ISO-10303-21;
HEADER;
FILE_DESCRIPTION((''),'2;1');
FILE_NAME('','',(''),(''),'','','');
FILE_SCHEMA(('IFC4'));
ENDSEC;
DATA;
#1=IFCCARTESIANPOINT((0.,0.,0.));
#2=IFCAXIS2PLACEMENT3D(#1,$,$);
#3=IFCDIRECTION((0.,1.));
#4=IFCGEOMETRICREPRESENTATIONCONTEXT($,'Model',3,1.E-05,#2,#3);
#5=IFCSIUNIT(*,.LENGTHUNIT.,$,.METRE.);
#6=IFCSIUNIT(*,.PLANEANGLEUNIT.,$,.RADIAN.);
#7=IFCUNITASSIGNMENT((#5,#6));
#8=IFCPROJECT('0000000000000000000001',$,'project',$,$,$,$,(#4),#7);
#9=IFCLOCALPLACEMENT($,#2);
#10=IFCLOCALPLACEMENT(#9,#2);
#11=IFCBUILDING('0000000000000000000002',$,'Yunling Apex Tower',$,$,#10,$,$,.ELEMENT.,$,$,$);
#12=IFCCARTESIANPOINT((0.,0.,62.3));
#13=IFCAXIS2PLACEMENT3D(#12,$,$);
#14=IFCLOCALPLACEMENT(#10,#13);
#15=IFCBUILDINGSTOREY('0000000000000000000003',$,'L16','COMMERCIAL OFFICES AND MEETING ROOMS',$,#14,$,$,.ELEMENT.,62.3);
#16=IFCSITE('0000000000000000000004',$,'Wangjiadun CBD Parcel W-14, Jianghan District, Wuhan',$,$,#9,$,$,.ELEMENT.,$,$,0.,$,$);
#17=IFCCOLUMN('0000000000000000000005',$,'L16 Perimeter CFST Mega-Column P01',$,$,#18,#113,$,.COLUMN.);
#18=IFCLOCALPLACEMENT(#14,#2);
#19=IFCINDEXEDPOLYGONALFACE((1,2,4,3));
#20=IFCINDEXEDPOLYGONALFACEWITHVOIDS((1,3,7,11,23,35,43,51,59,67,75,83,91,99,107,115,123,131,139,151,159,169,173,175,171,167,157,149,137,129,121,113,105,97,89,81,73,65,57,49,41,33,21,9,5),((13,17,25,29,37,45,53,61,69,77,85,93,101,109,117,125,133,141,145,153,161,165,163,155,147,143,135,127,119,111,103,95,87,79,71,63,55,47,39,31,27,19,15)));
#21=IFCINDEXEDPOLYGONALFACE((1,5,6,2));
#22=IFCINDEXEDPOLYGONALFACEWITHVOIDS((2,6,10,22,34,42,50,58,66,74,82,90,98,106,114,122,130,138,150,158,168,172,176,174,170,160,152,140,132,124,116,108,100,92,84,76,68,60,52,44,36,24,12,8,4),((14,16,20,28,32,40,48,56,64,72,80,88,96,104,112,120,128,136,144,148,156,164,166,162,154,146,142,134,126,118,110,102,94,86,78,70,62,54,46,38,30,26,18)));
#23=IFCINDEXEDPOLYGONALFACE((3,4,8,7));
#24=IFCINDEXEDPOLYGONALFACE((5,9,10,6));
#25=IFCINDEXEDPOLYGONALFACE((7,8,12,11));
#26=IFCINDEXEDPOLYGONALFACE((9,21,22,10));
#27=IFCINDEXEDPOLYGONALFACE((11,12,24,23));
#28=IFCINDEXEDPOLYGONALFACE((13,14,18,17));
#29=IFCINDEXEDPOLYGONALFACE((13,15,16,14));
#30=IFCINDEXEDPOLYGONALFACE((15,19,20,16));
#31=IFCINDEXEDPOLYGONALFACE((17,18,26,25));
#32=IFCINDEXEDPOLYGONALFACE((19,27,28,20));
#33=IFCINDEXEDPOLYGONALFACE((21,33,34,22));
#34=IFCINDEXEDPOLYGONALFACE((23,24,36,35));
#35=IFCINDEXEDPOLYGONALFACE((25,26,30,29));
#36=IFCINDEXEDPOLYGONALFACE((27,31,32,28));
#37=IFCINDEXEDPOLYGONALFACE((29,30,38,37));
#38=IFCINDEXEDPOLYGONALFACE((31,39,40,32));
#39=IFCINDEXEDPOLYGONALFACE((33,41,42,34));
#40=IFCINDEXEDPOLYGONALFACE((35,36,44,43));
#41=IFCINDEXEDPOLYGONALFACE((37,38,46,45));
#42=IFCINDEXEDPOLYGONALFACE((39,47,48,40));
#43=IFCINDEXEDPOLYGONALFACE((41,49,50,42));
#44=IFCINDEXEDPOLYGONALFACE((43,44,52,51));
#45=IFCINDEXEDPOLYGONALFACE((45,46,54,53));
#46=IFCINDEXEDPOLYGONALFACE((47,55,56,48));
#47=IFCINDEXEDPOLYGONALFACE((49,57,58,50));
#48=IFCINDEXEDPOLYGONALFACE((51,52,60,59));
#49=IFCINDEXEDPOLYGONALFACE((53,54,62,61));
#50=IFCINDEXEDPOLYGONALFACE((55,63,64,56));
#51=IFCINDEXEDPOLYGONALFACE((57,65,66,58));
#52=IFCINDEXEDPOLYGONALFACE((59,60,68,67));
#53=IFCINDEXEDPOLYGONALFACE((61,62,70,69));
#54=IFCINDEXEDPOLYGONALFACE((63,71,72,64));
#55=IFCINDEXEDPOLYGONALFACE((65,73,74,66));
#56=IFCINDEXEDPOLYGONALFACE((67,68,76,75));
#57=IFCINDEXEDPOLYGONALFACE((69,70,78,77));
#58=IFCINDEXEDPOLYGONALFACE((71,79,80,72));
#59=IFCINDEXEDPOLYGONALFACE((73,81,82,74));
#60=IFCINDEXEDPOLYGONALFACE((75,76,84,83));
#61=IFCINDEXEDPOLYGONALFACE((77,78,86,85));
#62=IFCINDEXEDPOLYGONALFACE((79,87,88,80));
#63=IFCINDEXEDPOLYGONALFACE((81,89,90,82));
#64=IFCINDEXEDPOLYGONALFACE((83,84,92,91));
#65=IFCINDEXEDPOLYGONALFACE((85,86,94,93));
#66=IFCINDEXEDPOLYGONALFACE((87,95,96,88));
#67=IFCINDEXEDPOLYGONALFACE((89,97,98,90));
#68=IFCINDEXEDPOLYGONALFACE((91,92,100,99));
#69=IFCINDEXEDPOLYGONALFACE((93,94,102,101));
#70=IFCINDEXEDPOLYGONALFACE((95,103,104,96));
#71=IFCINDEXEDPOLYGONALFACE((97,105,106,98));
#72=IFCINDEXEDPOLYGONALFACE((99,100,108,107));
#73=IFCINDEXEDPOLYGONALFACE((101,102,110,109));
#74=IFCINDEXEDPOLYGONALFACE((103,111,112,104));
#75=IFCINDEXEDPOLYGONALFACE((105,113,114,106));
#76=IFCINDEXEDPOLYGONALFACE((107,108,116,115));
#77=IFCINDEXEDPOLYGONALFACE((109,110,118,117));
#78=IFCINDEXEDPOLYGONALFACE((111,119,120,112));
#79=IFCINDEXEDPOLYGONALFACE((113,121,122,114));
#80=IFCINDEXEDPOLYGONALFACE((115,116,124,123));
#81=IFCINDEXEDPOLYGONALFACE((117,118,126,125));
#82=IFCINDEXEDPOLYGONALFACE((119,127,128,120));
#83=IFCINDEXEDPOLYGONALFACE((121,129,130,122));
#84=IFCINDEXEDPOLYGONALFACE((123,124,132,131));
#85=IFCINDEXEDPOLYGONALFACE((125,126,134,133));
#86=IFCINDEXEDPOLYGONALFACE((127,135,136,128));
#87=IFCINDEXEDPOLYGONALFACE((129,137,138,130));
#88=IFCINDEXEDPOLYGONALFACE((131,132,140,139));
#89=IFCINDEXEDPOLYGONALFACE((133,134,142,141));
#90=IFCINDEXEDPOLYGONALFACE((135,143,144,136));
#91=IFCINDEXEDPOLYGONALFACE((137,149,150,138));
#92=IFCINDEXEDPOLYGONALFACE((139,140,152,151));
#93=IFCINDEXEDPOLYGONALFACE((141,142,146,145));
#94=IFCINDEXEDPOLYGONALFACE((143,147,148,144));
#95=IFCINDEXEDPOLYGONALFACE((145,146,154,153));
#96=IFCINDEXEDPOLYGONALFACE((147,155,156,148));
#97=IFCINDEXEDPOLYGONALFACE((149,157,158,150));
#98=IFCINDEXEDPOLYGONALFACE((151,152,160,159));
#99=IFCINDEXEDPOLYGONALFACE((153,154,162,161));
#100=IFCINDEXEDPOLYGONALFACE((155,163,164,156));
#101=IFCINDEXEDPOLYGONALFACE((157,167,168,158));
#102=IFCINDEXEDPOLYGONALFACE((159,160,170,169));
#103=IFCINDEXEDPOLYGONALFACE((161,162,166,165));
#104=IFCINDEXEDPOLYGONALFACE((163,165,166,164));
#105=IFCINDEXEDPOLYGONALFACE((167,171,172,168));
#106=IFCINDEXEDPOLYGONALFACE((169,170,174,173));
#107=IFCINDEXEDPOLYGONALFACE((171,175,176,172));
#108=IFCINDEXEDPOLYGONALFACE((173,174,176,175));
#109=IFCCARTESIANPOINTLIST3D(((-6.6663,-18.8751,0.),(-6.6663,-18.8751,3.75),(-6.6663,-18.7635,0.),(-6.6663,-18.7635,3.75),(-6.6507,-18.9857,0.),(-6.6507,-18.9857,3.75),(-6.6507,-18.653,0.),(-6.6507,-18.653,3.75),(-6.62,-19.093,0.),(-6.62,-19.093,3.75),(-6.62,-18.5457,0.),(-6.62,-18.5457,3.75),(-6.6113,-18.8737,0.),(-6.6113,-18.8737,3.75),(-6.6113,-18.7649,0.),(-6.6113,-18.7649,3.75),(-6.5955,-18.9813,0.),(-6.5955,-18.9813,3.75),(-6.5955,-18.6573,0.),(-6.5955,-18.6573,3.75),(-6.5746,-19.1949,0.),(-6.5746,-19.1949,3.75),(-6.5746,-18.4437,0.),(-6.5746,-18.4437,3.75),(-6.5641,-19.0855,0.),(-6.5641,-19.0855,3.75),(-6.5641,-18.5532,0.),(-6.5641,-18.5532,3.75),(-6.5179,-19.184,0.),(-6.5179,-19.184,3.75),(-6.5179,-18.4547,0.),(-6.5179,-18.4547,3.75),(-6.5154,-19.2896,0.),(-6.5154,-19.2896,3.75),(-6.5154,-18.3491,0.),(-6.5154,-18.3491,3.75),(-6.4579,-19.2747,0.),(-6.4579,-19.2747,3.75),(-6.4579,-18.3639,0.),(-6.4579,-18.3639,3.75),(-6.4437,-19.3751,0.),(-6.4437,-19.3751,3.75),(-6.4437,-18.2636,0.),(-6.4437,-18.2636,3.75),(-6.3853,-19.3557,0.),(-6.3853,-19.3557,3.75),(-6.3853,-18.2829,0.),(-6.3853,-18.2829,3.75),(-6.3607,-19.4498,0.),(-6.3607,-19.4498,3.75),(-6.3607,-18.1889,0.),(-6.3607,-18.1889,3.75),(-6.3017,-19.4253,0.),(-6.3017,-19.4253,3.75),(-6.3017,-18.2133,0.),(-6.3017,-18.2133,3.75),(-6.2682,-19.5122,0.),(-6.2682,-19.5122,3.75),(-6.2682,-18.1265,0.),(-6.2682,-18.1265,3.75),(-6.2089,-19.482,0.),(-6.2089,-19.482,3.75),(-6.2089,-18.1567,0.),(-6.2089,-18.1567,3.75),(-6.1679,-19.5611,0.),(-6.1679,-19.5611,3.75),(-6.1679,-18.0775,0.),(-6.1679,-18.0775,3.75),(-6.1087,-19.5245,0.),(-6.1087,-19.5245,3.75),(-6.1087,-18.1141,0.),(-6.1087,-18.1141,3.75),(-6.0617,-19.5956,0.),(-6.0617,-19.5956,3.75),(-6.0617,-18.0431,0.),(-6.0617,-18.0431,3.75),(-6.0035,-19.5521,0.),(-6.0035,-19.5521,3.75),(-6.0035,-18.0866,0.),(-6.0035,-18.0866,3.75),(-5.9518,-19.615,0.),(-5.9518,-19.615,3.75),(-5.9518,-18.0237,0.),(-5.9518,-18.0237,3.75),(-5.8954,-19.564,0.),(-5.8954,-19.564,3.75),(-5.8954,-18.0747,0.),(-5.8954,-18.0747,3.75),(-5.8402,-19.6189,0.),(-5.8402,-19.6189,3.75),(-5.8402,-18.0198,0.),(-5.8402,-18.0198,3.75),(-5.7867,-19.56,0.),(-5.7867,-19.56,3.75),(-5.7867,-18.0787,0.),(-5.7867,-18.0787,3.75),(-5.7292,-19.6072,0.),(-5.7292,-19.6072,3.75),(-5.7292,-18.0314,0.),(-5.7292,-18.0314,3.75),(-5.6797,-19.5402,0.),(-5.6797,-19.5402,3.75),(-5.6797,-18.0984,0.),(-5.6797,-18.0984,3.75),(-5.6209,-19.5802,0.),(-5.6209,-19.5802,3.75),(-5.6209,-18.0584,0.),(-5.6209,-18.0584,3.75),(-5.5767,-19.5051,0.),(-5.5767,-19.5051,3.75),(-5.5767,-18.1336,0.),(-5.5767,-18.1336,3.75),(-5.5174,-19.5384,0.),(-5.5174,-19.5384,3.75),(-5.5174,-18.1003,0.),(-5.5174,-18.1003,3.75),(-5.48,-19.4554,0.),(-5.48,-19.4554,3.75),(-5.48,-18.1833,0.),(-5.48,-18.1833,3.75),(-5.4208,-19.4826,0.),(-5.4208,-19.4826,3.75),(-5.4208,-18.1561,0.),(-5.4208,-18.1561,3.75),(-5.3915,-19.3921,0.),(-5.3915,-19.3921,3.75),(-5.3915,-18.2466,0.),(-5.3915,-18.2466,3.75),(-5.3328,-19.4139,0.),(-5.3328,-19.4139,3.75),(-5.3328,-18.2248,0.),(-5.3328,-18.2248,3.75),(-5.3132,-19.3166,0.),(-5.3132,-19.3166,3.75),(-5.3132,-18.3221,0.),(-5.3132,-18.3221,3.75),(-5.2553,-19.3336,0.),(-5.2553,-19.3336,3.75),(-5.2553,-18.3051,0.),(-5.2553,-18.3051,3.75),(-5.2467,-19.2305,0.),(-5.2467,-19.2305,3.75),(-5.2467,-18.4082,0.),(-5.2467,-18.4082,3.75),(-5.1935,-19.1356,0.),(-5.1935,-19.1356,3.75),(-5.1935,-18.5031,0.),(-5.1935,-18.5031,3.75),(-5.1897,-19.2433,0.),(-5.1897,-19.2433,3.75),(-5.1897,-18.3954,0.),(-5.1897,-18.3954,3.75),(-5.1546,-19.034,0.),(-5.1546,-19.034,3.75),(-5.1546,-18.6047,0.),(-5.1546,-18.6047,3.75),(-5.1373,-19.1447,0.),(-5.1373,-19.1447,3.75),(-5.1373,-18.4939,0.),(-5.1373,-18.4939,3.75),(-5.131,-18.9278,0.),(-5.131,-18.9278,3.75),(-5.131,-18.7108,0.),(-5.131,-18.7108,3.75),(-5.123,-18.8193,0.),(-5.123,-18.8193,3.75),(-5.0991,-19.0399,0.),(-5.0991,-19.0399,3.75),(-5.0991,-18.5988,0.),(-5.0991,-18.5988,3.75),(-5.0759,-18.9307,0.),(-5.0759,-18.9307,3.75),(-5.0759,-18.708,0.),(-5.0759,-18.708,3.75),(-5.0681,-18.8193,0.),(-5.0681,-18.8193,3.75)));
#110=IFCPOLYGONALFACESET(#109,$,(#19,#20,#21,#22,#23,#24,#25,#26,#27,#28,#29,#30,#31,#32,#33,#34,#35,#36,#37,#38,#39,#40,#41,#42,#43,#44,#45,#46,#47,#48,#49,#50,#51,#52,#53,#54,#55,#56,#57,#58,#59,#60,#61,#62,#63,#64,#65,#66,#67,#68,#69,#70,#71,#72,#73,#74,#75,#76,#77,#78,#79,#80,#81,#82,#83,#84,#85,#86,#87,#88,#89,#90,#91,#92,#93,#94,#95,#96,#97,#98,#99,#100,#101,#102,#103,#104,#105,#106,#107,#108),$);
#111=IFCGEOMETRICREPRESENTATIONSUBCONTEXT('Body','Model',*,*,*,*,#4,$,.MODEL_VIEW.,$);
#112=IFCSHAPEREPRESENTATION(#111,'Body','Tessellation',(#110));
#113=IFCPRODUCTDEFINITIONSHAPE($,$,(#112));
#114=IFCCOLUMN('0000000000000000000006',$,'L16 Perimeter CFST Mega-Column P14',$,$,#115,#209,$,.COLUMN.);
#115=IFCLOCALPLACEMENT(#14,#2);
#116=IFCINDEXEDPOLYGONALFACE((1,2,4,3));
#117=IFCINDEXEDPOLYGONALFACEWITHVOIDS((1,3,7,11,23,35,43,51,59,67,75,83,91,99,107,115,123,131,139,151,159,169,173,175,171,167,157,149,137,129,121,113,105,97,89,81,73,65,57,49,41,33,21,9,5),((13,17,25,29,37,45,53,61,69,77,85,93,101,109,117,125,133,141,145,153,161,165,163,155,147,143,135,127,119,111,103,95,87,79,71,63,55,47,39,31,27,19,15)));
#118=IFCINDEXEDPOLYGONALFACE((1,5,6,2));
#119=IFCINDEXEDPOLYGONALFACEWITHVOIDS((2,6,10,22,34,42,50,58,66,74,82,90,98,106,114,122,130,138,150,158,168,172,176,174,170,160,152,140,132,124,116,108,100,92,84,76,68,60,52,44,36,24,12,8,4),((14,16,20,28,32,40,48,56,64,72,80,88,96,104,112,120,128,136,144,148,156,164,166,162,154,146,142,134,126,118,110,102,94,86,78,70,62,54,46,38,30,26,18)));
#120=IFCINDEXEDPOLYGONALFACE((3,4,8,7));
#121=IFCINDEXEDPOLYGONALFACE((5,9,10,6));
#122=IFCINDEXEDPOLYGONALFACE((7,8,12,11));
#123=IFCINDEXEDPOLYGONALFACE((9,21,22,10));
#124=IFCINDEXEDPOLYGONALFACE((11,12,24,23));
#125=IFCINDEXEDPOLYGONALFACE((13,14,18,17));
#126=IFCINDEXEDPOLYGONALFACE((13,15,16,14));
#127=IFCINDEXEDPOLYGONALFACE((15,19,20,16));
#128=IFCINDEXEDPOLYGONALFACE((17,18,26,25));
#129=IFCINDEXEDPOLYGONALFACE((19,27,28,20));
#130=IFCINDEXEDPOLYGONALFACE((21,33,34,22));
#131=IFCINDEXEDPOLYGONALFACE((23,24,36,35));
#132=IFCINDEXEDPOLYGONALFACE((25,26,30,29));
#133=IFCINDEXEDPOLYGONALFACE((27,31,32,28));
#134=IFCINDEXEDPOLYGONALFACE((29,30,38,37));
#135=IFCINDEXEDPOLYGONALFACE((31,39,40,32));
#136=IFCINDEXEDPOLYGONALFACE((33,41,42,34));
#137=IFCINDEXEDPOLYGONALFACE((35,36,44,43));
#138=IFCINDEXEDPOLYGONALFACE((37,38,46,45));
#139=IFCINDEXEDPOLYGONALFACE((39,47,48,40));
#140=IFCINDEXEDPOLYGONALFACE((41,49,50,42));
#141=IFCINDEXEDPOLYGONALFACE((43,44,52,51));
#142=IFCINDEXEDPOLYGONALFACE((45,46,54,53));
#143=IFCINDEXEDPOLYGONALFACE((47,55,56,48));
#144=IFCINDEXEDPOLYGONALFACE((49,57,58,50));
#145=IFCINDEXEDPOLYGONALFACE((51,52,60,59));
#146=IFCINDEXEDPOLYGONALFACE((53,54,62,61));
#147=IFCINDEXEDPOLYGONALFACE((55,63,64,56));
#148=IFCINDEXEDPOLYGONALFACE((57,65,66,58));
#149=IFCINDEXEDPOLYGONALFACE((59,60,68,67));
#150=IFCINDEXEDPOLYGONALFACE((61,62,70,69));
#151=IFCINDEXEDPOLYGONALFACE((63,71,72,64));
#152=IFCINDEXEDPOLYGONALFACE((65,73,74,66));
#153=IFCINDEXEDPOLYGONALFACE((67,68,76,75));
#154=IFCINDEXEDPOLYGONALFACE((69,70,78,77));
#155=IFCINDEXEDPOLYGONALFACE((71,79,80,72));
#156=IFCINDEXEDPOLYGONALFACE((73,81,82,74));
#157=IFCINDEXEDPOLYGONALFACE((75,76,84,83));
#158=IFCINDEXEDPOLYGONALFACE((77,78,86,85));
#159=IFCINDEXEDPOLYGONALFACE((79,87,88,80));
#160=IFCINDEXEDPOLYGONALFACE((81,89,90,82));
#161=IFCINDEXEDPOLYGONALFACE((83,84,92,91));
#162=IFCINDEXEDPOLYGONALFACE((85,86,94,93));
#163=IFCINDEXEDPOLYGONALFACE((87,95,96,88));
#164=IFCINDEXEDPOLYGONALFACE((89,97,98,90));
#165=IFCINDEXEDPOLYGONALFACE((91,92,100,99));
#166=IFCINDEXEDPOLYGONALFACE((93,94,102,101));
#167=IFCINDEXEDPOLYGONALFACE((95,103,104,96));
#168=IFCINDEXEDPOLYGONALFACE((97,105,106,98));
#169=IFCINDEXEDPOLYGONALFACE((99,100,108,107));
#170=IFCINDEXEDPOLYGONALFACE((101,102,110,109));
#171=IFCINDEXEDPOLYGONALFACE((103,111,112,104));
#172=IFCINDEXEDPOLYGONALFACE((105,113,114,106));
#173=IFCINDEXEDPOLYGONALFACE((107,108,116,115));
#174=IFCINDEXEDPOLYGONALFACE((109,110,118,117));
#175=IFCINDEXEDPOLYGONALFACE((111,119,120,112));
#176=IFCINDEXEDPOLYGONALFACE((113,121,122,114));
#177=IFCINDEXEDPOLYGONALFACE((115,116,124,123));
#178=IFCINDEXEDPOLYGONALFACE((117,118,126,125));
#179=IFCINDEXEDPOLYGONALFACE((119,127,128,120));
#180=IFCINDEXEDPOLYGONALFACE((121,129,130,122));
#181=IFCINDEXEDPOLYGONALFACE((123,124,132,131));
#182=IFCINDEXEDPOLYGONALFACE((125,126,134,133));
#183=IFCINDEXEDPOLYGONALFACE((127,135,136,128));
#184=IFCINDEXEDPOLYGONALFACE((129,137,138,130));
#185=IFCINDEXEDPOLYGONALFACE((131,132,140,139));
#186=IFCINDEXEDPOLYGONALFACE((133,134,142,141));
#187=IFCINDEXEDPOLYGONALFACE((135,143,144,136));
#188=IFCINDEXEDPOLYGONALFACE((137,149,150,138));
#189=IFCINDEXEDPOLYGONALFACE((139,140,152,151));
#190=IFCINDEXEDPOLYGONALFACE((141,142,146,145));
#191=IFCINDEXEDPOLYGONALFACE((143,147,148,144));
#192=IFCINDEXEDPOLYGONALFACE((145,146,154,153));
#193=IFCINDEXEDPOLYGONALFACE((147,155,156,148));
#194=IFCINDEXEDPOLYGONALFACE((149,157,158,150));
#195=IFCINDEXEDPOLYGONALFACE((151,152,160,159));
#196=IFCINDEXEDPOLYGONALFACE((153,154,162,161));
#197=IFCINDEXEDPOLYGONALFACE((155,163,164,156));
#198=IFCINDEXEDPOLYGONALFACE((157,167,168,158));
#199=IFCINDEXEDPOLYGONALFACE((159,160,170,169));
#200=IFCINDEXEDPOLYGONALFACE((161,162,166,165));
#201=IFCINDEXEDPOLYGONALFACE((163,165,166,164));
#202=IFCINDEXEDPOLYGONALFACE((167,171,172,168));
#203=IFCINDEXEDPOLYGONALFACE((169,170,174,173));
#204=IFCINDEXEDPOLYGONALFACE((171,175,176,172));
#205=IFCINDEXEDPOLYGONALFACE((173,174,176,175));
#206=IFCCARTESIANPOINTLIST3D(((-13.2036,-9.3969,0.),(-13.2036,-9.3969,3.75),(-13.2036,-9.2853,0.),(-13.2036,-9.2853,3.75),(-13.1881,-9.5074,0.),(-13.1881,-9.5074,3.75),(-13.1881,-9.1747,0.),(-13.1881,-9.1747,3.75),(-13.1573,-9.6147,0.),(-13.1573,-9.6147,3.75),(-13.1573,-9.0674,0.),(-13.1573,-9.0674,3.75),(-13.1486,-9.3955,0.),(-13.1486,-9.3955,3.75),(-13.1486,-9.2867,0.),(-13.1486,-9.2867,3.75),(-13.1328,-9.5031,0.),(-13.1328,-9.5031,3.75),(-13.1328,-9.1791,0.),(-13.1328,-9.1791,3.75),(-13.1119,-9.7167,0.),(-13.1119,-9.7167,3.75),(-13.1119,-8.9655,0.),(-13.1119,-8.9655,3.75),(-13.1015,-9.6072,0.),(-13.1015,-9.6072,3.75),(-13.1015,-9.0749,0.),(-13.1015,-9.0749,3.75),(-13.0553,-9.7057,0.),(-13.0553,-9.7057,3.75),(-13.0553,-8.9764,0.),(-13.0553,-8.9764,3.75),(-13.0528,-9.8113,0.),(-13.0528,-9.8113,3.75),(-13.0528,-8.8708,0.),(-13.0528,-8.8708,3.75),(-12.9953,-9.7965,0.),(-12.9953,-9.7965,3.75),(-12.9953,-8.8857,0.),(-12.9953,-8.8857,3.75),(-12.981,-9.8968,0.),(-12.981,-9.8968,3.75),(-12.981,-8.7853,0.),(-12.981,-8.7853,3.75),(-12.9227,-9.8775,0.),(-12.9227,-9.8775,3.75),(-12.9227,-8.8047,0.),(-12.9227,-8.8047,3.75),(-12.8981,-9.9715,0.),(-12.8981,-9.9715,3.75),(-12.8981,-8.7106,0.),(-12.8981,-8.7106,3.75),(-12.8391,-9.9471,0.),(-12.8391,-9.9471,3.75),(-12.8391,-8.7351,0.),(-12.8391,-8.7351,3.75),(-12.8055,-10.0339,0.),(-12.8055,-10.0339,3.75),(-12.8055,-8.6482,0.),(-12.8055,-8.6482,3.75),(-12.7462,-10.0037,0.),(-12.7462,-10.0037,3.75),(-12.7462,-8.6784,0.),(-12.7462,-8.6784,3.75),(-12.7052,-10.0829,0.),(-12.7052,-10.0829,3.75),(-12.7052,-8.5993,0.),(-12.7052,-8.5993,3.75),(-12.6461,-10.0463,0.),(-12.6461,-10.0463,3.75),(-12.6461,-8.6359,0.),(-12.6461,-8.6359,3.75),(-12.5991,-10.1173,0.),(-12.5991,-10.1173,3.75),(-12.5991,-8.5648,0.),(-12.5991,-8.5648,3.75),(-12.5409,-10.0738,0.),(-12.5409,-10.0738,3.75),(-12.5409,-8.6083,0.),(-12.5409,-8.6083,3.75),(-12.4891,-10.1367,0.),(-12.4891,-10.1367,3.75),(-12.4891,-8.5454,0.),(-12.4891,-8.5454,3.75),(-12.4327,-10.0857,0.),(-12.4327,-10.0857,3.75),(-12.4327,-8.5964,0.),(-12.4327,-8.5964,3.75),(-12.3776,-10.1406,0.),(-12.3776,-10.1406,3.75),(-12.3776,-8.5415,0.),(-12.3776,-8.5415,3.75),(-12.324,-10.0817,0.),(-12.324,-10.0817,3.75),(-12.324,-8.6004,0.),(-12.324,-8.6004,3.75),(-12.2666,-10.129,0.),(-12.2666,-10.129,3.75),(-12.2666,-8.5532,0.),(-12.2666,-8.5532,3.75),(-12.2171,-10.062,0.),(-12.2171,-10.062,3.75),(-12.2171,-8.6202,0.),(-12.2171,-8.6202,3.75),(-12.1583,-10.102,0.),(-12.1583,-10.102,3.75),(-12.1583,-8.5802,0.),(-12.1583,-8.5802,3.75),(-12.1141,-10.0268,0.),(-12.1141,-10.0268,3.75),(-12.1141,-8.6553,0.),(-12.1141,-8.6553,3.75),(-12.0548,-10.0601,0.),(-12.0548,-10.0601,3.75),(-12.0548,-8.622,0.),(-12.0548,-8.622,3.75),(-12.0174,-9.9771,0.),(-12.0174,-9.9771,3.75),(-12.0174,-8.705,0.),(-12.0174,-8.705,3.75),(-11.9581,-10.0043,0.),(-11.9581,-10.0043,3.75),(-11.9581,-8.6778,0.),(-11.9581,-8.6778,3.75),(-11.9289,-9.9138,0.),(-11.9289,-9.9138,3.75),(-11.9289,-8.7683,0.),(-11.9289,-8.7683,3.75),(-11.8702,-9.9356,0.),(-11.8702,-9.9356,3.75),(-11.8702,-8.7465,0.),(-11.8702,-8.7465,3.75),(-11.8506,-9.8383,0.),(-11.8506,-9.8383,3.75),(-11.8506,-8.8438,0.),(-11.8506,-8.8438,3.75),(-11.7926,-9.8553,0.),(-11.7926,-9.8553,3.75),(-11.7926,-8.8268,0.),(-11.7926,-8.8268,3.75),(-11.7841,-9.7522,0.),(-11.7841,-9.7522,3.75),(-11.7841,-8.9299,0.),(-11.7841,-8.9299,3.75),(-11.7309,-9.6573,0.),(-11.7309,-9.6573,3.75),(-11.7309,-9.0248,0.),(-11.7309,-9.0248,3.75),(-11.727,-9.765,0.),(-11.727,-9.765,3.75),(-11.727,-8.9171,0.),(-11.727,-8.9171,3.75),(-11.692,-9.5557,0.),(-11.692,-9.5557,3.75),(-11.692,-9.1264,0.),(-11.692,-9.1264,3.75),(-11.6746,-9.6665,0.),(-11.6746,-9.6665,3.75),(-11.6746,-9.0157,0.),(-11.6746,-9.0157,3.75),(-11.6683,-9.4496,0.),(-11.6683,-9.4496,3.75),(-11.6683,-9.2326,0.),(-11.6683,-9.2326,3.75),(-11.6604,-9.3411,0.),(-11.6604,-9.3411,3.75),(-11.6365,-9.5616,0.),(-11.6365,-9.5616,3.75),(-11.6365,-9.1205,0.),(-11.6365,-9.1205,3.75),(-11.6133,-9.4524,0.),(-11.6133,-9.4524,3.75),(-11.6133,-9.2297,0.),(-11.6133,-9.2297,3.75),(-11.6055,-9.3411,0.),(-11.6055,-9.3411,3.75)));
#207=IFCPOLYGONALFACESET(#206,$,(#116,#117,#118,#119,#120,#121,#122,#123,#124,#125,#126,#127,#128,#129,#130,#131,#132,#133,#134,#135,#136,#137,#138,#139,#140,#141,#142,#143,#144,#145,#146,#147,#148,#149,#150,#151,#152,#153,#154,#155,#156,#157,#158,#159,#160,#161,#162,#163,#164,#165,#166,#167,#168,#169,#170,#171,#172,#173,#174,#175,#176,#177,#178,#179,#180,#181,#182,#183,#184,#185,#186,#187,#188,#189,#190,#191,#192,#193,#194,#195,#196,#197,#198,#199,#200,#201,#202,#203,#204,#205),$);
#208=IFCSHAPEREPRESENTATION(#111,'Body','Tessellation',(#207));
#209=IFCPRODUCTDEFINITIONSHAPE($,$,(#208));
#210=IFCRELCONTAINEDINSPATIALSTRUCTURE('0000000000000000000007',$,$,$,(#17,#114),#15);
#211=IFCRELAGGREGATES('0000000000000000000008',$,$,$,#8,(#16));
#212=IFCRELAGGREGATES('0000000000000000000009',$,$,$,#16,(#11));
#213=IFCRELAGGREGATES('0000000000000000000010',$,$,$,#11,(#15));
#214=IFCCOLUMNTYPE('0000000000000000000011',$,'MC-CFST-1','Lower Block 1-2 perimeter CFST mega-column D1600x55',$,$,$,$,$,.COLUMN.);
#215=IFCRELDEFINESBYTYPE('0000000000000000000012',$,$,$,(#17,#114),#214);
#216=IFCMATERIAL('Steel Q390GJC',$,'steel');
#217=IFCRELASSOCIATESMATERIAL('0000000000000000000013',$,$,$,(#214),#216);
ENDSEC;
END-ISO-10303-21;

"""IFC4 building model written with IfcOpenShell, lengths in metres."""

from ifc_helpers import new_model, si_unit, direction, frame, origin, origin_2d, place, context, subcontext, project, spatial, hollow_circle, extrude, source, transform, mapped, material, material_profile, profile_set, type_object, element, save


model = new_model("IFC4")

# Units and contexts
model_context = context("Model", 3, precision=1e-05, world=origin(), true_north=direction((0.0, 1.0)))
body_context = subcontext(model_context, "Body", "Model", "MODEL_VIEW")
ifc_project = project(units=[si_unit("LENGTHUNIT", "METRE"), si_unit("PLANEANGLEUNIT", "RADIAN")], contexts=[model_context])

# Site, building, storey
site_placement = place(None, origin())
site = spatial("IfcSite", under=ifc_project, at=site_placement, Name="Wangjiadun CBD Parcel W-14, Jianghan District, Wuhan", CompositionType="ELEMENT", RefElevation=0.0)
building_placement = place(site_placement, origin())
building = spatial("IfcBuilding", under=site, at=building_placement, Name="Yunling Apex Tower", CompositionType="ELEMENT")
storey_placement = place(building_placement, frame((0.0, 0.0, 62.3)))
storey = spatial("IfcBuildingStorey", under=building, at=storey_placement, Name="L16", Description="COMMERCIAL OFFICES AND MEETING ROOMS", CompositionType="ELEMENT", Elevation=62.3)

# Columns
ifc_material_1 = material(Name="Steel Q390GJC", Category="steel")
ifc_material_profile_1 = material_profile(ifc_material_1, hollow_circle(Radius=0.8, WallThickness=0.0549, at=origin_2d()))
ifc_profile_set_1 = profile_set([ifc_material_profile_1], Name="Steel Q390GJC")
column_type = type_object("IfcColumnType", Name="MC-CFST-1", Description="Lower Block 1-2 perimeter CFST mega-column D1600x55", PredefinedType="COLUMN", material=ifc_profile_set_1)
shared_shape_1 = source(origin(), body_context, "Body", "SweptSolid", [
    extrude(hollow_circle(Radius=0.8, WallThickness=0.0549, at=origin_2d()), origin(), (0.0, 0.0, 1.0), 3.75),
])
for number, where, z_axis, x_axis, name in (
    (1, (-5.8682, -18.8193, 0.0), (0.0, 0.0, 1.0), (1.0, 0.0, 0.0), "L16 Perimeter CFST Mega-Column P01"),
    (2, (-12.4055, -9.3411, 0.0), (0.0, 0.0, 1.0), (1.0, 0.0, 0.0), "L16 Perimeter CFST Mega-Column P14"),
):
    element("IfcColumn", number, at=place(storey_placement, frame(where, z_axis=z_axis, x_axis=x_axis)), inside=storey, type_object=column_type, Name=name, PredefinedType="COLUMN", context=body_context, shape_type="MappedRepresentation", body=[
        mapped(shared_shape_1, transform((0.0, 0.0, 0.0), scale=1.0)),
    ])

save(model, "model.ifc")
